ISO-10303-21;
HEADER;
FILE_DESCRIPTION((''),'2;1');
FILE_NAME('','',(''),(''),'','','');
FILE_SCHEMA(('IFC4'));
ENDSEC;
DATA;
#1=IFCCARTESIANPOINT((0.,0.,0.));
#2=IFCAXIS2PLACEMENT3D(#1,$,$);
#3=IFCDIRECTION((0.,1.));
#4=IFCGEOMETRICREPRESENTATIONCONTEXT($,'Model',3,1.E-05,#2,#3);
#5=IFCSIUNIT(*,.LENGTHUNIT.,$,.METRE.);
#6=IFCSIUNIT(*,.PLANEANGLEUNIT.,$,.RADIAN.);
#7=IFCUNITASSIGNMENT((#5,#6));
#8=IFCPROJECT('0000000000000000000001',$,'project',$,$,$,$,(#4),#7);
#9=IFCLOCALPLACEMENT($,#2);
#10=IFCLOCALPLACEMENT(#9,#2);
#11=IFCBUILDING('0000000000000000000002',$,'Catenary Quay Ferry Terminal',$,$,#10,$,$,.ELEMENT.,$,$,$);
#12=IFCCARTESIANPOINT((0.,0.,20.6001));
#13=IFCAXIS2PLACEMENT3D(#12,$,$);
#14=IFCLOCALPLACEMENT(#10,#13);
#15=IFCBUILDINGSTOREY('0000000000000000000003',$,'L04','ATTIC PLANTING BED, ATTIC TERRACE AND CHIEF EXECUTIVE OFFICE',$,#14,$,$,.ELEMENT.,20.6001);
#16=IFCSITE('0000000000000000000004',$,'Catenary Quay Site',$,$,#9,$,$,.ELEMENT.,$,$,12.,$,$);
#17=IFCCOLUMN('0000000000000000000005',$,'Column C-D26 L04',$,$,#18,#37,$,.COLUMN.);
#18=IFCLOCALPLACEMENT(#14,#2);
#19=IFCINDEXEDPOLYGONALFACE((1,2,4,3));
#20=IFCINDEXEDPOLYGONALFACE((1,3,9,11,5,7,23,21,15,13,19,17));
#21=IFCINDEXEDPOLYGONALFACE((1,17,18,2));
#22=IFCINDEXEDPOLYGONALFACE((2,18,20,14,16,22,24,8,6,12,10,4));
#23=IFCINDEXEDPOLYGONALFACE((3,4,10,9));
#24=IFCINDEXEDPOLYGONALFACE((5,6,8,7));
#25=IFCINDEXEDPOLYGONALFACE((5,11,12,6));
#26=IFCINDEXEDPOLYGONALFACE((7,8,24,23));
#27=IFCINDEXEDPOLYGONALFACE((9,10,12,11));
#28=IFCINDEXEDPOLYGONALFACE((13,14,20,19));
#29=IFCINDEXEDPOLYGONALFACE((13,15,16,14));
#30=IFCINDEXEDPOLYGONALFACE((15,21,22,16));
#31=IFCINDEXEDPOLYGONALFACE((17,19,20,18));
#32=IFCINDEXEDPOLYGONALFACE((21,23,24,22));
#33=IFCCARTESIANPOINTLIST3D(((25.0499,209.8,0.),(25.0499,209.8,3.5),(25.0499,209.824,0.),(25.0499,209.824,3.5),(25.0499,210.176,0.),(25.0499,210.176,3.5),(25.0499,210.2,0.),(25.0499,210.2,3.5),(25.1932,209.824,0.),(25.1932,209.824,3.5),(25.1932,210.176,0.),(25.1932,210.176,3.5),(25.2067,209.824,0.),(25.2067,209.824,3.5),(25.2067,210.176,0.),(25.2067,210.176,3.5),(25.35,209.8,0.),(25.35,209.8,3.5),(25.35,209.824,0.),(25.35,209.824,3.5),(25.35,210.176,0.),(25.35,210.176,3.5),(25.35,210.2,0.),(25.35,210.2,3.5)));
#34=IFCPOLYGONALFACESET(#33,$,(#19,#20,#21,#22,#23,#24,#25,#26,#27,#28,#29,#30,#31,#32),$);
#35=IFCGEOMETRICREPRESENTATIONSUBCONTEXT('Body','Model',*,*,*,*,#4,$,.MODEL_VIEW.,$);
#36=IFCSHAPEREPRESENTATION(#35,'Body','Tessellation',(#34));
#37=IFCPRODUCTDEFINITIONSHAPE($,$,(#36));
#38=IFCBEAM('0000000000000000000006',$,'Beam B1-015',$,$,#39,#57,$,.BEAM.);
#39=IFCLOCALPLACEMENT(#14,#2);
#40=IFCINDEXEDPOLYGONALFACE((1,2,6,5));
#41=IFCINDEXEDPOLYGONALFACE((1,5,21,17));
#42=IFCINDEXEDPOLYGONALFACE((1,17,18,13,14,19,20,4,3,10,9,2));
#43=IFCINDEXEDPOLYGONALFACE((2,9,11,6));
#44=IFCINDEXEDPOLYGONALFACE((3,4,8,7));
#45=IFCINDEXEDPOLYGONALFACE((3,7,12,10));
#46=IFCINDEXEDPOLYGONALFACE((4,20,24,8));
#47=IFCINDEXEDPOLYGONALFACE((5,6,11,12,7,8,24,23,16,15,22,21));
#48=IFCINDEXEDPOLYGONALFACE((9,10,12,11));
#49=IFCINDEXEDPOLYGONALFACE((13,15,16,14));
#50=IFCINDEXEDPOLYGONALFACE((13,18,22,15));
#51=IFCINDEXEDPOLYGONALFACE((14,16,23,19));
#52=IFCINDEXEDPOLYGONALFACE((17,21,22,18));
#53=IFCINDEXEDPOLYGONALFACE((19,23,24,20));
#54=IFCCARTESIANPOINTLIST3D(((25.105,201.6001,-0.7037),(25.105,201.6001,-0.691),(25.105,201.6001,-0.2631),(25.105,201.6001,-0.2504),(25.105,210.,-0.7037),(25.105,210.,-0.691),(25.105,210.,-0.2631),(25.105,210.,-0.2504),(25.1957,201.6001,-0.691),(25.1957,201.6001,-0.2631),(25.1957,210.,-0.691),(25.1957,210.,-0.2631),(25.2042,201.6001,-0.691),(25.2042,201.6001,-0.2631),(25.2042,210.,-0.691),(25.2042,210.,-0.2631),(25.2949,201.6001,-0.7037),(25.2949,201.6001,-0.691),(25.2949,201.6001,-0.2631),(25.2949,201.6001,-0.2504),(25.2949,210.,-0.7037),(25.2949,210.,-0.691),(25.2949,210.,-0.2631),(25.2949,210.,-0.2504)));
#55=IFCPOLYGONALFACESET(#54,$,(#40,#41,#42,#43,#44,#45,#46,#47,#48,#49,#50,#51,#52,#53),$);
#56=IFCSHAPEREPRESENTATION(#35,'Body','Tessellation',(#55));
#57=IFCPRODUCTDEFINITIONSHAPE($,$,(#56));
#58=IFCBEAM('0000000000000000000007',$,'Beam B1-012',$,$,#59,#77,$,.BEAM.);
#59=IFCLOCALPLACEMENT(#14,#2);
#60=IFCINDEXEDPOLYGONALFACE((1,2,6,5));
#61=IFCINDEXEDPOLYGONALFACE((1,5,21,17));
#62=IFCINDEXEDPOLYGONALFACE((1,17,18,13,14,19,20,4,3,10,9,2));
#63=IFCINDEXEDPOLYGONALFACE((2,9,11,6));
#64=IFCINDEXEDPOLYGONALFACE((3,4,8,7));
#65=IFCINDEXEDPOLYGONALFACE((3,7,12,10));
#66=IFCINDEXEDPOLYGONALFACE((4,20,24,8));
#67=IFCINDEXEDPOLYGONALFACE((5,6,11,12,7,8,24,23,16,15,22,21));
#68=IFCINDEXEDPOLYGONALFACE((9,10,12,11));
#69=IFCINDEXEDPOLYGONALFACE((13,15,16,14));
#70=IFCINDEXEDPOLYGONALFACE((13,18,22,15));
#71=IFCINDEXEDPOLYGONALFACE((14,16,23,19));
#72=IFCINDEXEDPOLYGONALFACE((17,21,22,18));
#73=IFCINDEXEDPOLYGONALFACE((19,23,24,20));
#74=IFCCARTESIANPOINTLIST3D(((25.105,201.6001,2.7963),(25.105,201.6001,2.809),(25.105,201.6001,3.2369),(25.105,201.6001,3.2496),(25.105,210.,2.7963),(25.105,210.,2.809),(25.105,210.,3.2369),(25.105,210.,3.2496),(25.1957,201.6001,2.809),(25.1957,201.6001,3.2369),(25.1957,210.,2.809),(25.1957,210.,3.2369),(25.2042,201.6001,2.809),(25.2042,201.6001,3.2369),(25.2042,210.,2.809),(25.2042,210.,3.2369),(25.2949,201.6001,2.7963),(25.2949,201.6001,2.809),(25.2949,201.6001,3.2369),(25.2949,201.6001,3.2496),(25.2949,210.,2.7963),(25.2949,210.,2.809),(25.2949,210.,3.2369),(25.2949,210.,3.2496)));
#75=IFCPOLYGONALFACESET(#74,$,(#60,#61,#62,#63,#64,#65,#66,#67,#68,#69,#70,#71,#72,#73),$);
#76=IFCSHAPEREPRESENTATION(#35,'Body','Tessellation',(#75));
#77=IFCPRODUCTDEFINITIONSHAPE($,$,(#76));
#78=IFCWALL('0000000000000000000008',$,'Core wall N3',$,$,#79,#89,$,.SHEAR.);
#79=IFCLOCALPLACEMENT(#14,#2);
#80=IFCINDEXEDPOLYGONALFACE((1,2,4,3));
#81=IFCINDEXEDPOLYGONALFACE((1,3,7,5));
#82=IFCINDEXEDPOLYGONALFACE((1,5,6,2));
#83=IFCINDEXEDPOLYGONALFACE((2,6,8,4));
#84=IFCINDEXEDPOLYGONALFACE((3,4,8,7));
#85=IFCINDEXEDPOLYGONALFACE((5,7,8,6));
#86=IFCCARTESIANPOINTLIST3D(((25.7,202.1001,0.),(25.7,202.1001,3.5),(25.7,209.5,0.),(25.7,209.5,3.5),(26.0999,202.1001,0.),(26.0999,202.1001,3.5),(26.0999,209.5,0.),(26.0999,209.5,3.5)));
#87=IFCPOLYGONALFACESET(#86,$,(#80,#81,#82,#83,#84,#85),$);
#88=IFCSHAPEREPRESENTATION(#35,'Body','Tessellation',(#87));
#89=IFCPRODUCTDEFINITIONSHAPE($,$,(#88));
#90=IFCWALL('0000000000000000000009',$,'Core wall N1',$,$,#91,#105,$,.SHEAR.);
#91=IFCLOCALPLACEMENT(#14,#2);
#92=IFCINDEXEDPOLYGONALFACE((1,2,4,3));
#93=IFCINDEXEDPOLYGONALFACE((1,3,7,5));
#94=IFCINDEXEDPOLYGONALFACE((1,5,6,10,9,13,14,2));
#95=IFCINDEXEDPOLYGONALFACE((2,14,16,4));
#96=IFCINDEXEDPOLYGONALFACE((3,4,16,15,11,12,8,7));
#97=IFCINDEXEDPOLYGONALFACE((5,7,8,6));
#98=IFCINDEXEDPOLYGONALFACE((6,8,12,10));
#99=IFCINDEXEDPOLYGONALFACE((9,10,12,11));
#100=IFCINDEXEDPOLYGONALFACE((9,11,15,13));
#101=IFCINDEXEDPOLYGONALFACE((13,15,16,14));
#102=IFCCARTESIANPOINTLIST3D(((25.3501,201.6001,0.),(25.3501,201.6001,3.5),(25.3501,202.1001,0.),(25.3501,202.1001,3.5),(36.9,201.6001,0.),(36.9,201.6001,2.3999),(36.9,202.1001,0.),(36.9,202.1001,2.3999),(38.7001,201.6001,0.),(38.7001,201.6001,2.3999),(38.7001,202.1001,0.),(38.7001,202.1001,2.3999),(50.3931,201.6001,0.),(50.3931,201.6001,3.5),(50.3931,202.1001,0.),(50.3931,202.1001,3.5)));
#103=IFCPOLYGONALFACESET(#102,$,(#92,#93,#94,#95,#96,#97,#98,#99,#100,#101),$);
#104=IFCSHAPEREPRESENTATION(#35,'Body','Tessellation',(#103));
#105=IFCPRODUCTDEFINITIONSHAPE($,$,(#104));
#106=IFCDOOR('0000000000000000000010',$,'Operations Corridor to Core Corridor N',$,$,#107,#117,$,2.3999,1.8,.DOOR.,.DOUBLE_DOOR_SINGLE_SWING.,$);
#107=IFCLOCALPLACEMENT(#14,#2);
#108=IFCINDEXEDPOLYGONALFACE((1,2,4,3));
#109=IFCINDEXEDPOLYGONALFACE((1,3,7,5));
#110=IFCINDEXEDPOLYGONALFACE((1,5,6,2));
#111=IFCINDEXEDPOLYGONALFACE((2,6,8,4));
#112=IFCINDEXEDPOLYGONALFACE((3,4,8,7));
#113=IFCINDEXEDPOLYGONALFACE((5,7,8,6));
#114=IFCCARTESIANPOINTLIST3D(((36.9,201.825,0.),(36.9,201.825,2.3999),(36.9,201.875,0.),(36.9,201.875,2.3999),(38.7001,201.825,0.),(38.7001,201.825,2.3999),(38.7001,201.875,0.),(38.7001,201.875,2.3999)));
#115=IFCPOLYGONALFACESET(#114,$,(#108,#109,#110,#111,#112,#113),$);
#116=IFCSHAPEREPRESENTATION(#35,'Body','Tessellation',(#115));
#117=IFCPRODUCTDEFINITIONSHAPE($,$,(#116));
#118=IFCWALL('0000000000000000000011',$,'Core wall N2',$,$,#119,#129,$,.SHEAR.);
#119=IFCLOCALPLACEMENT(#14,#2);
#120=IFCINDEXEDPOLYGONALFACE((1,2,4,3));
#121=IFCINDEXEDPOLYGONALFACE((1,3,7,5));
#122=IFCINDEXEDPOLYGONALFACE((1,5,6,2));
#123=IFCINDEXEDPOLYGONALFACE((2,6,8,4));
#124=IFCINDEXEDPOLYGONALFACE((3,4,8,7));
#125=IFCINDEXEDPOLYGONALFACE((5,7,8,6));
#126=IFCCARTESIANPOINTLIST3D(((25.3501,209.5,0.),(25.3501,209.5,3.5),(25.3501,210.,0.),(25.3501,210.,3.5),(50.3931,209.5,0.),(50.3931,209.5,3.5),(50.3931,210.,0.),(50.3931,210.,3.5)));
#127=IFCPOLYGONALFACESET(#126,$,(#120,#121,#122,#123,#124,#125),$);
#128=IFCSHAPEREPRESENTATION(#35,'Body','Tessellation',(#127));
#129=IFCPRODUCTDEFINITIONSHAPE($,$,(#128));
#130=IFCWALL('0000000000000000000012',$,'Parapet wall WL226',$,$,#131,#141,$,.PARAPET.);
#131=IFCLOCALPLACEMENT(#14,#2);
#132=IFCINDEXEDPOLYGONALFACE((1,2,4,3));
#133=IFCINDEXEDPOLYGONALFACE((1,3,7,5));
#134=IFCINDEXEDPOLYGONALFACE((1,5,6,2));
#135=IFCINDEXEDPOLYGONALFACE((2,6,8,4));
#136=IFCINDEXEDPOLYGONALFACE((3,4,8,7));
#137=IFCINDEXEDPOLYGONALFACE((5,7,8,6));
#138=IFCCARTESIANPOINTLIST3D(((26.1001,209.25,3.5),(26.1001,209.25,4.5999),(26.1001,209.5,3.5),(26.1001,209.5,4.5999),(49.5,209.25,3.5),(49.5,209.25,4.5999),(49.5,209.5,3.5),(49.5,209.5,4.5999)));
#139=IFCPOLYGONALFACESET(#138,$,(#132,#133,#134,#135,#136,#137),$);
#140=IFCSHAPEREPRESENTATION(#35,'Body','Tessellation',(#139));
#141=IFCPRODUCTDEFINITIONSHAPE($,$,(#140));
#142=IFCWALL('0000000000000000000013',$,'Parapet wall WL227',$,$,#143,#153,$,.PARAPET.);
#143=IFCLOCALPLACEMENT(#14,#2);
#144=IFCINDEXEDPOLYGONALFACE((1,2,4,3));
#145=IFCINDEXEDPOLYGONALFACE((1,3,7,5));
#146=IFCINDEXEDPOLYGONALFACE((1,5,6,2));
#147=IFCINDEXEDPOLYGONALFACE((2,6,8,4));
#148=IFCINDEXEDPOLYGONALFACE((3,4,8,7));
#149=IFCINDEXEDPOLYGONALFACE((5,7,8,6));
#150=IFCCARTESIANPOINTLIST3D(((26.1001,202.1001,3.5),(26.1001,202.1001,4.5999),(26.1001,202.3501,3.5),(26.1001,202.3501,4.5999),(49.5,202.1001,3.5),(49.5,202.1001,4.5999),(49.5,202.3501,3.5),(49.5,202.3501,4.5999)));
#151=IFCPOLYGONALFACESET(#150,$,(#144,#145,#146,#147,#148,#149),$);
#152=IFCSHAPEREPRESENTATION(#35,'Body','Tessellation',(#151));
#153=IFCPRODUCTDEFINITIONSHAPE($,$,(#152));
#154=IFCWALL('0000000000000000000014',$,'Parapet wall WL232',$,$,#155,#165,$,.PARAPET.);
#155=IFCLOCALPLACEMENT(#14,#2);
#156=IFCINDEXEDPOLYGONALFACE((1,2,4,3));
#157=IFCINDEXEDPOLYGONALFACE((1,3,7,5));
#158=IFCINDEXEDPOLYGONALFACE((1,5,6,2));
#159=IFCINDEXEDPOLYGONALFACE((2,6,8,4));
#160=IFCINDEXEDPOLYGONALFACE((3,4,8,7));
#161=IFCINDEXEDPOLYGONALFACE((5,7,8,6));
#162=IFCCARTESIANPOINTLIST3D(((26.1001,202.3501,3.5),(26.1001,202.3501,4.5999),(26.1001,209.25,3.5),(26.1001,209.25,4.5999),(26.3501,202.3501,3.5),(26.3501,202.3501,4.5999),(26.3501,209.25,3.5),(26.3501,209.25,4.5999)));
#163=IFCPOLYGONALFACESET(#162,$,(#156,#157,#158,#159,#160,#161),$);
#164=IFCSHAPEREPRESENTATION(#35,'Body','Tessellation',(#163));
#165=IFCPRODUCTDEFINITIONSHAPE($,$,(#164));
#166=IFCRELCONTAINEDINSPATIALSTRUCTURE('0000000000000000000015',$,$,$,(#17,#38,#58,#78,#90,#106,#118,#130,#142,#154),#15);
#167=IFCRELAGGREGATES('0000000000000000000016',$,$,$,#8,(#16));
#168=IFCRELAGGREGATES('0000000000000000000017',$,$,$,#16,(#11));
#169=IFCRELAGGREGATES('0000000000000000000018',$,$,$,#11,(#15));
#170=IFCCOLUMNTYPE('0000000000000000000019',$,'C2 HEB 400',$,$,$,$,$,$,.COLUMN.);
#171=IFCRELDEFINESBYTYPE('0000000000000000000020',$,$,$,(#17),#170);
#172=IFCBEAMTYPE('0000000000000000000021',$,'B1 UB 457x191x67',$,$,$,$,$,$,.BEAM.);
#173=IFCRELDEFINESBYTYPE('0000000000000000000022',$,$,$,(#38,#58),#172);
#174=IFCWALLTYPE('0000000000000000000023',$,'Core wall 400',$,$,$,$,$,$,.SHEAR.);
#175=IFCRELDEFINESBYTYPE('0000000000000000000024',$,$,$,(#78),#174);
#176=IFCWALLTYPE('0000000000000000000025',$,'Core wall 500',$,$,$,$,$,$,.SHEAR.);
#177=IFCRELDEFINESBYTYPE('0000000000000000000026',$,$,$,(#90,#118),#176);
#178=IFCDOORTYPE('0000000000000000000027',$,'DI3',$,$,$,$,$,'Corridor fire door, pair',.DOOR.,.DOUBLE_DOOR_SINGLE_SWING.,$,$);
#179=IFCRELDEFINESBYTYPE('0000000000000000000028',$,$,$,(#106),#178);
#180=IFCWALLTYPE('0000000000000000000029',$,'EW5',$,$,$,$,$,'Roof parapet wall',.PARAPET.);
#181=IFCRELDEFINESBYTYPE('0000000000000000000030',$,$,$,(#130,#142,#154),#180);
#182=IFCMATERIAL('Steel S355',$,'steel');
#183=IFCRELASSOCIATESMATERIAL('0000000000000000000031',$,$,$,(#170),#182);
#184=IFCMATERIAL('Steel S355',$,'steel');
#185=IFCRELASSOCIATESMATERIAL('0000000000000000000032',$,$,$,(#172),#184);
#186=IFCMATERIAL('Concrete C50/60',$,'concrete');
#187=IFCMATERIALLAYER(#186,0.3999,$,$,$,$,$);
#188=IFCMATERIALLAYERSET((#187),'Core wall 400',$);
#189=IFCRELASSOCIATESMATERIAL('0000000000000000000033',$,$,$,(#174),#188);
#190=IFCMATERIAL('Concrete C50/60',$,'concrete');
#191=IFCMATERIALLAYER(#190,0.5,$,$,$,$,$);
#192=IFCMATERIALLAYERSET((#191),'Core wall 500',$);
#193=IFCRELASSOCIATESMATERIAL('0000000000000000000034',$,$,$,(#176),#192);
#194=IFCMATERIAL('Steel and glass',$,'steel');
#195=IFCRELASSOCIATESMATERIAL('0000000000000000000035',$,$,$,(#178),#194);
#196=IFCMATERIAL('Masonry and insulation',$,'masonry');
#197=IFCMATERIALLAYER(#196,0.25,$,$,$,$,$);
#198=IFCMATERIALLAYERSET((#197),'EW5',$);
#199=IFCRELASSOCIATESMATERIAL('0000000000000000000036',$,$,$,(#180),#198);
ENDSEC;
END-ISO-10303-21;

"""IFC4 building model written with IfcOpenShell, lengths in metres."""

from ifc_helpers import new_model, si_unit, direction, frame, frame_2d, origin, origin_2d, place, context, subcontext, project, spatial, rectangle, i_section, extrude, material, layer, layer_set, material_profile, profile_set, type_object, element, fill, save


model = new_model("IFC4")

# Units and contexts
model_context = context("Model", 3, precision=1e-05, world=origin(), true_north=direction((0.0, 1.0)))
body_context = subcontext(model_context, "Body", "Model", "MODEL_VIEW")
ifc_project = project(units=[si_unit("LENGTHUNIT", "METRE"), si_unit("PLANEANGLEUNIT", "RADIAN")], contexts=[model_context])

# Site, building, storey
site_placement = place(None, origin())
site = spatial("IfcSite", under=ifc_project, at=site_placement, Name="Catenary Quay Site", CompositionType="ELEMENT", RefElevation=12.0)
building_placement = place(site_placement, origin())
building = spatial("IfcBuilding", under=site, at=building_placement, Name="Catenary Quay Ferry Terminal", CompositionType="ELEMENT")
storey_placement = place(building_placement, frame((0.0, 0.0, 20.6001)))
storey = spatial("IfcBuildingStorey", under=building, at=storey_placement, Name="L04", Description="ATTIC PLANTING BED, ATTIC TERRACE AND CHIEF EXECUTIVE OFFICE", CompositionType="ELEMENT", Elevation=20.6001)

# Column
ifc_material_1 = material(Name="Steel S355", Category="steel")
ifc_material_profile_1 = material_profile(ifc_material_1, i_section(OverallWidth=0.3, OverallDepth=0.3999, WebThickness=0.0134, FlangeThickness=0.0239, at=origin_2d()), Name="HEB 400")
ifc_profile_set_1 = profile_set([ifc_material_profile_1], Name="Steel S355")
column_type = type_object("IfcColumnType", Name="C2 HEB 400", PredefinedType="COLUMN", material=ifc_profile_set_1)
column_placement = place(storey_placement, frame((25.2, 210.0, 0.0), z_axis=(0.0, 0.0, 1.0), x_axis=(1.0, 0.0, 0.0)))
element("IfcColumn", 1, at=column_placement, inside=storey, type_object=column_type, Name="Column C-D26 L04", PredefinedType="COLUMN", context=body_context, shape_type="SweptSolid", body=[
    extrude(i_section(OverallWidth=0.3, OverallDepth=0.3999, WebThickness=0.0134, FlangeThickness=0.0239, at=origin_2d()), origin(), (0.0, 0.0, 1.0), 3.5),
])

# Beams
ifc_material_2 = material(Name="Steel S355", Category="steel")
ifc_material_profile_2 = material_profile(ifc_material_2, i_section(OverallWidth=0.1899, OverallDepth=0.4534, WebThickness=0.0085, FlangeThickness=0.0127, at=origin_2d()), Name="UB 457x191x67")
ifc_profile_set_2 = profile_set([ifc_material_profile_2], Name="Steel S355")
beam_type = type_object("IfcBeamType", Name="B1 UB 457x191x67", PredefinedType="BEAM", material=ifc_profile_set_2)
for number, where, z_axis, x_axis, name in (
    (2, (25.2, 201.6001, -0.4771), (0.0, 1.0, 0.0), (-1.0, 0.0, 0.0), "Beam B1-015"),
    (3, (25.2, 201.6001, 3.0229), (0.0, 1.0, 0.0), (-1.0, 0.0, 0.0), "Beam B1-012"),
):
    element("IfcBeam", number, at=place(storey_placement, frame(where, z_axis=z_axis, x_axis=x_axis)), inside=storey, type_object=beam_type, Name=name, PredefinedType="BEAM", context=body_context, shape_type="SweptSolid", body=[
        extrude(i_section(OverallWidth=0.1899, OverallDepth=0.4534, WebThickness=0.0085, FlangeThickness=0.0127, at=origin_2d()), origin(), (0.0, 0.0, 1.0), 8.3999),
    ])

# Wall
ifc_material_3 = material(Name="Concrete C50/60", Category="concrete")
ifc_layer_1 = layer(ifc_material_3, 0.3999)
ifc_layer_set_1 = layer_set([ifc_layer_1], Name="Core wall 400")
wall_type_1 = type_object("IfcWallType", Name="Core wall 400", PredefinedType="SHEAR", material=ifc_layer_set_1)
wall_1_placement = place(storey_placement, frame((25.8999, 202.1001, 0.0), z_axis=(0.0, 0.0, 1.0), x_axis=(0.0, 1.0, 0.0)))
element("IfcWall", 4, at=wall_1_placement, inside=storey, type_object=wall_type_1, Name="Core wall N3", PredefinedType="SHEAR", context=body_context, shape_type="SweptSolid", body=[
    extrude(rectangle(XDim=7.3999, YDim=0.3999, at=frame_2d((3.7, 0.0))), origin(), (0.0, 0.0, 1.0), 3.5),
])

# Wall, opening, door
ifc_material_4 = material(Name="Concrete C50/60", Category="concrete")
ifc_layer_2 = layer(ifc_material_4, 0.5)
ifc_layer_set_2 = layer_set([ifc_layer_2], Name="Core wall 500")
wall_type_2 = type_object("IfcWallType", Name="Core wall 500", PredefinedType="SHEAR", material=ifc_layer_set_2)
wall_2_placement = place(storey_placement, frame((25.3501, 201.8501, 0.0), z_axis=(0.0, 0.0, 1.0), x_axis=(1.0, 0.0, 0.0)))
wall_2 = element("IfcWall", 5, at=wall_2_placement, inside=storey, type_object=wall_type_2, Name="Core wall N1", PredefinedType="SHEAR", context=body_context, shape_type="SweptSolid", body=[
    extrude(rectangle(XDim=25.043, YDim=0.5, at=frame_2d((12.5215, 0.0))), origin(), (0.0, 0.0, 1.0), 3.5),
])
opening_1_placement = place(wall_2_placement, frame((11.55, 0.0, 0.0)))
opening_1 = element("IfcOpeningElement", 6, at=opening_1_placement, cuts=wall_2, PredefinedType="OPENING", context=body_context, shape_type="SweptSolid", body=[
    extrude(rectangle(XDim=1.8, YDim=2.3999, at=frame_2d((0.8999, 1.2))), frame((0.0, 0.26, 0.0), z_axis=(0.0, -1.0, 0.0), x_axis=(1.0, 0.0, 0.0)), (0.0, 0.0, 1.0), 0.52),
])
ifc_material_5 = material(Name="Steel and glass", Category="steel")
door_type_1 = type_object("IfcDoorType", Name="DI3", ElementType="Corridor fire door, pair", OperationType="DOUBLE_DOOR_SINGLE_SWING", PredefinedType="DOOR", material=ifc_material_5)
door_1_placement = place(opening_1_placement, origin())
door_1 = element("IfcDoor", 7, at=door_1_placement, inside=storey, type_object=door_type_1, Name="Operations Corridor to Core Corridor N", OperationType="DOUBLE_DOOR_SINGLE_SWING", OverallHeight=2.3999, OverallWidth=1.8, PredefinedType="DOOR", context=body_context, shape_type="SweptSolid", body=[
    extrude(rectangle(XDim=1.8, YDim=2.3999, at=frame_2d((0.8999, 1.2))), frame((0.0, 0.0249, 0.0), z_axis=(0.0, -1.0, 0.0), x_axis=(1.0, 0.0, 0.0)), (0.0, 0.0, 1.0), 0.05),
])
fill(opening_1, door_1)

# Walls
wall_3_placement = place(storey_placement, frame((25.3501, 209.75, 0.0), z_axis=(0.0, 0.0, 1.0), x_axis=(1.0, 0.0, 0.0)))
element("IfcWall", 8, at=wall_3_placement, inside=storey, type_object=wall_type_2, Name="Core wall N2", PredefinedType="SHEAR", context=body_context, shape_type="SweptSolid", body=[
    extrude(rectangle(XDim=25.043, YDim=0.5, at=frame_2d((12.5215, 0.0))), origin(), (0.0, 0.0, 1.0), 3.5),
])
ifc_material_6 = material(Name="Masonry and insulation", Category="masonry")
ifc_layer_3 = layer(ifc_material_6, 0.25)
ifc_layer_set_3 = layer_set([ifc_layer_3], Name="EW5")
wall_type_3 = type_object("IfcWallType", Name="EW5", ElementType="Roof parapet wall", PredefinedType="PARAPET", material=ifc_layer_set_3)
for number, where, z_axis, x_axis, name in (
    (9, (26.1001, 209.375, 3.5), (0.0, 0.0, 1.0), (1.0, 0.0, 0.0), "Parapet wall WL226"),
    (10, (26.1001, 202.2251, 3.5), (0.0, 0.0, 1.0), (1.0, 0.0, 0.0), "Parapet wall WL227"),
):
    element("IfcWall", number, at=place(storey_placement, frame(where, z_axis=z_axis, x_axis=x_axis)), inside=storey, type_object=wall_type_3, Name=name, PredefinedType="PARAPET", context=body_context, shape_type="SweptSolid", body=[
        extrude(rectangle(XDim=23.3999, YDim=0.25, at=frame_2d((11.7, 0.0))), origin(), (0.0, 0.0, 1.0), 1.0999),
    ])
wall_4_placement = place(storey_placement, frame((26.2251, 202.3501, 3.5), z_axis=(0.0, 0.0, 1.0), x_axis=(0.0, 1.0, 0.0)))
element("IfcWall", 11, at=wall_4_placement, inside=storey, type_object=wall_type_3, Name="Parapet wall WL232", PredefinedType="PARAPET", context=body_context, shape_type="SweptSolid", body=[
    extrude(rectangle(XDim=6.8999, YDim=0.25, at=frame_2d((3.45, 0.0))), origin(), (0.0, 0.0, 1.0), 1.0999),
])

save(model, "model.ifc")
